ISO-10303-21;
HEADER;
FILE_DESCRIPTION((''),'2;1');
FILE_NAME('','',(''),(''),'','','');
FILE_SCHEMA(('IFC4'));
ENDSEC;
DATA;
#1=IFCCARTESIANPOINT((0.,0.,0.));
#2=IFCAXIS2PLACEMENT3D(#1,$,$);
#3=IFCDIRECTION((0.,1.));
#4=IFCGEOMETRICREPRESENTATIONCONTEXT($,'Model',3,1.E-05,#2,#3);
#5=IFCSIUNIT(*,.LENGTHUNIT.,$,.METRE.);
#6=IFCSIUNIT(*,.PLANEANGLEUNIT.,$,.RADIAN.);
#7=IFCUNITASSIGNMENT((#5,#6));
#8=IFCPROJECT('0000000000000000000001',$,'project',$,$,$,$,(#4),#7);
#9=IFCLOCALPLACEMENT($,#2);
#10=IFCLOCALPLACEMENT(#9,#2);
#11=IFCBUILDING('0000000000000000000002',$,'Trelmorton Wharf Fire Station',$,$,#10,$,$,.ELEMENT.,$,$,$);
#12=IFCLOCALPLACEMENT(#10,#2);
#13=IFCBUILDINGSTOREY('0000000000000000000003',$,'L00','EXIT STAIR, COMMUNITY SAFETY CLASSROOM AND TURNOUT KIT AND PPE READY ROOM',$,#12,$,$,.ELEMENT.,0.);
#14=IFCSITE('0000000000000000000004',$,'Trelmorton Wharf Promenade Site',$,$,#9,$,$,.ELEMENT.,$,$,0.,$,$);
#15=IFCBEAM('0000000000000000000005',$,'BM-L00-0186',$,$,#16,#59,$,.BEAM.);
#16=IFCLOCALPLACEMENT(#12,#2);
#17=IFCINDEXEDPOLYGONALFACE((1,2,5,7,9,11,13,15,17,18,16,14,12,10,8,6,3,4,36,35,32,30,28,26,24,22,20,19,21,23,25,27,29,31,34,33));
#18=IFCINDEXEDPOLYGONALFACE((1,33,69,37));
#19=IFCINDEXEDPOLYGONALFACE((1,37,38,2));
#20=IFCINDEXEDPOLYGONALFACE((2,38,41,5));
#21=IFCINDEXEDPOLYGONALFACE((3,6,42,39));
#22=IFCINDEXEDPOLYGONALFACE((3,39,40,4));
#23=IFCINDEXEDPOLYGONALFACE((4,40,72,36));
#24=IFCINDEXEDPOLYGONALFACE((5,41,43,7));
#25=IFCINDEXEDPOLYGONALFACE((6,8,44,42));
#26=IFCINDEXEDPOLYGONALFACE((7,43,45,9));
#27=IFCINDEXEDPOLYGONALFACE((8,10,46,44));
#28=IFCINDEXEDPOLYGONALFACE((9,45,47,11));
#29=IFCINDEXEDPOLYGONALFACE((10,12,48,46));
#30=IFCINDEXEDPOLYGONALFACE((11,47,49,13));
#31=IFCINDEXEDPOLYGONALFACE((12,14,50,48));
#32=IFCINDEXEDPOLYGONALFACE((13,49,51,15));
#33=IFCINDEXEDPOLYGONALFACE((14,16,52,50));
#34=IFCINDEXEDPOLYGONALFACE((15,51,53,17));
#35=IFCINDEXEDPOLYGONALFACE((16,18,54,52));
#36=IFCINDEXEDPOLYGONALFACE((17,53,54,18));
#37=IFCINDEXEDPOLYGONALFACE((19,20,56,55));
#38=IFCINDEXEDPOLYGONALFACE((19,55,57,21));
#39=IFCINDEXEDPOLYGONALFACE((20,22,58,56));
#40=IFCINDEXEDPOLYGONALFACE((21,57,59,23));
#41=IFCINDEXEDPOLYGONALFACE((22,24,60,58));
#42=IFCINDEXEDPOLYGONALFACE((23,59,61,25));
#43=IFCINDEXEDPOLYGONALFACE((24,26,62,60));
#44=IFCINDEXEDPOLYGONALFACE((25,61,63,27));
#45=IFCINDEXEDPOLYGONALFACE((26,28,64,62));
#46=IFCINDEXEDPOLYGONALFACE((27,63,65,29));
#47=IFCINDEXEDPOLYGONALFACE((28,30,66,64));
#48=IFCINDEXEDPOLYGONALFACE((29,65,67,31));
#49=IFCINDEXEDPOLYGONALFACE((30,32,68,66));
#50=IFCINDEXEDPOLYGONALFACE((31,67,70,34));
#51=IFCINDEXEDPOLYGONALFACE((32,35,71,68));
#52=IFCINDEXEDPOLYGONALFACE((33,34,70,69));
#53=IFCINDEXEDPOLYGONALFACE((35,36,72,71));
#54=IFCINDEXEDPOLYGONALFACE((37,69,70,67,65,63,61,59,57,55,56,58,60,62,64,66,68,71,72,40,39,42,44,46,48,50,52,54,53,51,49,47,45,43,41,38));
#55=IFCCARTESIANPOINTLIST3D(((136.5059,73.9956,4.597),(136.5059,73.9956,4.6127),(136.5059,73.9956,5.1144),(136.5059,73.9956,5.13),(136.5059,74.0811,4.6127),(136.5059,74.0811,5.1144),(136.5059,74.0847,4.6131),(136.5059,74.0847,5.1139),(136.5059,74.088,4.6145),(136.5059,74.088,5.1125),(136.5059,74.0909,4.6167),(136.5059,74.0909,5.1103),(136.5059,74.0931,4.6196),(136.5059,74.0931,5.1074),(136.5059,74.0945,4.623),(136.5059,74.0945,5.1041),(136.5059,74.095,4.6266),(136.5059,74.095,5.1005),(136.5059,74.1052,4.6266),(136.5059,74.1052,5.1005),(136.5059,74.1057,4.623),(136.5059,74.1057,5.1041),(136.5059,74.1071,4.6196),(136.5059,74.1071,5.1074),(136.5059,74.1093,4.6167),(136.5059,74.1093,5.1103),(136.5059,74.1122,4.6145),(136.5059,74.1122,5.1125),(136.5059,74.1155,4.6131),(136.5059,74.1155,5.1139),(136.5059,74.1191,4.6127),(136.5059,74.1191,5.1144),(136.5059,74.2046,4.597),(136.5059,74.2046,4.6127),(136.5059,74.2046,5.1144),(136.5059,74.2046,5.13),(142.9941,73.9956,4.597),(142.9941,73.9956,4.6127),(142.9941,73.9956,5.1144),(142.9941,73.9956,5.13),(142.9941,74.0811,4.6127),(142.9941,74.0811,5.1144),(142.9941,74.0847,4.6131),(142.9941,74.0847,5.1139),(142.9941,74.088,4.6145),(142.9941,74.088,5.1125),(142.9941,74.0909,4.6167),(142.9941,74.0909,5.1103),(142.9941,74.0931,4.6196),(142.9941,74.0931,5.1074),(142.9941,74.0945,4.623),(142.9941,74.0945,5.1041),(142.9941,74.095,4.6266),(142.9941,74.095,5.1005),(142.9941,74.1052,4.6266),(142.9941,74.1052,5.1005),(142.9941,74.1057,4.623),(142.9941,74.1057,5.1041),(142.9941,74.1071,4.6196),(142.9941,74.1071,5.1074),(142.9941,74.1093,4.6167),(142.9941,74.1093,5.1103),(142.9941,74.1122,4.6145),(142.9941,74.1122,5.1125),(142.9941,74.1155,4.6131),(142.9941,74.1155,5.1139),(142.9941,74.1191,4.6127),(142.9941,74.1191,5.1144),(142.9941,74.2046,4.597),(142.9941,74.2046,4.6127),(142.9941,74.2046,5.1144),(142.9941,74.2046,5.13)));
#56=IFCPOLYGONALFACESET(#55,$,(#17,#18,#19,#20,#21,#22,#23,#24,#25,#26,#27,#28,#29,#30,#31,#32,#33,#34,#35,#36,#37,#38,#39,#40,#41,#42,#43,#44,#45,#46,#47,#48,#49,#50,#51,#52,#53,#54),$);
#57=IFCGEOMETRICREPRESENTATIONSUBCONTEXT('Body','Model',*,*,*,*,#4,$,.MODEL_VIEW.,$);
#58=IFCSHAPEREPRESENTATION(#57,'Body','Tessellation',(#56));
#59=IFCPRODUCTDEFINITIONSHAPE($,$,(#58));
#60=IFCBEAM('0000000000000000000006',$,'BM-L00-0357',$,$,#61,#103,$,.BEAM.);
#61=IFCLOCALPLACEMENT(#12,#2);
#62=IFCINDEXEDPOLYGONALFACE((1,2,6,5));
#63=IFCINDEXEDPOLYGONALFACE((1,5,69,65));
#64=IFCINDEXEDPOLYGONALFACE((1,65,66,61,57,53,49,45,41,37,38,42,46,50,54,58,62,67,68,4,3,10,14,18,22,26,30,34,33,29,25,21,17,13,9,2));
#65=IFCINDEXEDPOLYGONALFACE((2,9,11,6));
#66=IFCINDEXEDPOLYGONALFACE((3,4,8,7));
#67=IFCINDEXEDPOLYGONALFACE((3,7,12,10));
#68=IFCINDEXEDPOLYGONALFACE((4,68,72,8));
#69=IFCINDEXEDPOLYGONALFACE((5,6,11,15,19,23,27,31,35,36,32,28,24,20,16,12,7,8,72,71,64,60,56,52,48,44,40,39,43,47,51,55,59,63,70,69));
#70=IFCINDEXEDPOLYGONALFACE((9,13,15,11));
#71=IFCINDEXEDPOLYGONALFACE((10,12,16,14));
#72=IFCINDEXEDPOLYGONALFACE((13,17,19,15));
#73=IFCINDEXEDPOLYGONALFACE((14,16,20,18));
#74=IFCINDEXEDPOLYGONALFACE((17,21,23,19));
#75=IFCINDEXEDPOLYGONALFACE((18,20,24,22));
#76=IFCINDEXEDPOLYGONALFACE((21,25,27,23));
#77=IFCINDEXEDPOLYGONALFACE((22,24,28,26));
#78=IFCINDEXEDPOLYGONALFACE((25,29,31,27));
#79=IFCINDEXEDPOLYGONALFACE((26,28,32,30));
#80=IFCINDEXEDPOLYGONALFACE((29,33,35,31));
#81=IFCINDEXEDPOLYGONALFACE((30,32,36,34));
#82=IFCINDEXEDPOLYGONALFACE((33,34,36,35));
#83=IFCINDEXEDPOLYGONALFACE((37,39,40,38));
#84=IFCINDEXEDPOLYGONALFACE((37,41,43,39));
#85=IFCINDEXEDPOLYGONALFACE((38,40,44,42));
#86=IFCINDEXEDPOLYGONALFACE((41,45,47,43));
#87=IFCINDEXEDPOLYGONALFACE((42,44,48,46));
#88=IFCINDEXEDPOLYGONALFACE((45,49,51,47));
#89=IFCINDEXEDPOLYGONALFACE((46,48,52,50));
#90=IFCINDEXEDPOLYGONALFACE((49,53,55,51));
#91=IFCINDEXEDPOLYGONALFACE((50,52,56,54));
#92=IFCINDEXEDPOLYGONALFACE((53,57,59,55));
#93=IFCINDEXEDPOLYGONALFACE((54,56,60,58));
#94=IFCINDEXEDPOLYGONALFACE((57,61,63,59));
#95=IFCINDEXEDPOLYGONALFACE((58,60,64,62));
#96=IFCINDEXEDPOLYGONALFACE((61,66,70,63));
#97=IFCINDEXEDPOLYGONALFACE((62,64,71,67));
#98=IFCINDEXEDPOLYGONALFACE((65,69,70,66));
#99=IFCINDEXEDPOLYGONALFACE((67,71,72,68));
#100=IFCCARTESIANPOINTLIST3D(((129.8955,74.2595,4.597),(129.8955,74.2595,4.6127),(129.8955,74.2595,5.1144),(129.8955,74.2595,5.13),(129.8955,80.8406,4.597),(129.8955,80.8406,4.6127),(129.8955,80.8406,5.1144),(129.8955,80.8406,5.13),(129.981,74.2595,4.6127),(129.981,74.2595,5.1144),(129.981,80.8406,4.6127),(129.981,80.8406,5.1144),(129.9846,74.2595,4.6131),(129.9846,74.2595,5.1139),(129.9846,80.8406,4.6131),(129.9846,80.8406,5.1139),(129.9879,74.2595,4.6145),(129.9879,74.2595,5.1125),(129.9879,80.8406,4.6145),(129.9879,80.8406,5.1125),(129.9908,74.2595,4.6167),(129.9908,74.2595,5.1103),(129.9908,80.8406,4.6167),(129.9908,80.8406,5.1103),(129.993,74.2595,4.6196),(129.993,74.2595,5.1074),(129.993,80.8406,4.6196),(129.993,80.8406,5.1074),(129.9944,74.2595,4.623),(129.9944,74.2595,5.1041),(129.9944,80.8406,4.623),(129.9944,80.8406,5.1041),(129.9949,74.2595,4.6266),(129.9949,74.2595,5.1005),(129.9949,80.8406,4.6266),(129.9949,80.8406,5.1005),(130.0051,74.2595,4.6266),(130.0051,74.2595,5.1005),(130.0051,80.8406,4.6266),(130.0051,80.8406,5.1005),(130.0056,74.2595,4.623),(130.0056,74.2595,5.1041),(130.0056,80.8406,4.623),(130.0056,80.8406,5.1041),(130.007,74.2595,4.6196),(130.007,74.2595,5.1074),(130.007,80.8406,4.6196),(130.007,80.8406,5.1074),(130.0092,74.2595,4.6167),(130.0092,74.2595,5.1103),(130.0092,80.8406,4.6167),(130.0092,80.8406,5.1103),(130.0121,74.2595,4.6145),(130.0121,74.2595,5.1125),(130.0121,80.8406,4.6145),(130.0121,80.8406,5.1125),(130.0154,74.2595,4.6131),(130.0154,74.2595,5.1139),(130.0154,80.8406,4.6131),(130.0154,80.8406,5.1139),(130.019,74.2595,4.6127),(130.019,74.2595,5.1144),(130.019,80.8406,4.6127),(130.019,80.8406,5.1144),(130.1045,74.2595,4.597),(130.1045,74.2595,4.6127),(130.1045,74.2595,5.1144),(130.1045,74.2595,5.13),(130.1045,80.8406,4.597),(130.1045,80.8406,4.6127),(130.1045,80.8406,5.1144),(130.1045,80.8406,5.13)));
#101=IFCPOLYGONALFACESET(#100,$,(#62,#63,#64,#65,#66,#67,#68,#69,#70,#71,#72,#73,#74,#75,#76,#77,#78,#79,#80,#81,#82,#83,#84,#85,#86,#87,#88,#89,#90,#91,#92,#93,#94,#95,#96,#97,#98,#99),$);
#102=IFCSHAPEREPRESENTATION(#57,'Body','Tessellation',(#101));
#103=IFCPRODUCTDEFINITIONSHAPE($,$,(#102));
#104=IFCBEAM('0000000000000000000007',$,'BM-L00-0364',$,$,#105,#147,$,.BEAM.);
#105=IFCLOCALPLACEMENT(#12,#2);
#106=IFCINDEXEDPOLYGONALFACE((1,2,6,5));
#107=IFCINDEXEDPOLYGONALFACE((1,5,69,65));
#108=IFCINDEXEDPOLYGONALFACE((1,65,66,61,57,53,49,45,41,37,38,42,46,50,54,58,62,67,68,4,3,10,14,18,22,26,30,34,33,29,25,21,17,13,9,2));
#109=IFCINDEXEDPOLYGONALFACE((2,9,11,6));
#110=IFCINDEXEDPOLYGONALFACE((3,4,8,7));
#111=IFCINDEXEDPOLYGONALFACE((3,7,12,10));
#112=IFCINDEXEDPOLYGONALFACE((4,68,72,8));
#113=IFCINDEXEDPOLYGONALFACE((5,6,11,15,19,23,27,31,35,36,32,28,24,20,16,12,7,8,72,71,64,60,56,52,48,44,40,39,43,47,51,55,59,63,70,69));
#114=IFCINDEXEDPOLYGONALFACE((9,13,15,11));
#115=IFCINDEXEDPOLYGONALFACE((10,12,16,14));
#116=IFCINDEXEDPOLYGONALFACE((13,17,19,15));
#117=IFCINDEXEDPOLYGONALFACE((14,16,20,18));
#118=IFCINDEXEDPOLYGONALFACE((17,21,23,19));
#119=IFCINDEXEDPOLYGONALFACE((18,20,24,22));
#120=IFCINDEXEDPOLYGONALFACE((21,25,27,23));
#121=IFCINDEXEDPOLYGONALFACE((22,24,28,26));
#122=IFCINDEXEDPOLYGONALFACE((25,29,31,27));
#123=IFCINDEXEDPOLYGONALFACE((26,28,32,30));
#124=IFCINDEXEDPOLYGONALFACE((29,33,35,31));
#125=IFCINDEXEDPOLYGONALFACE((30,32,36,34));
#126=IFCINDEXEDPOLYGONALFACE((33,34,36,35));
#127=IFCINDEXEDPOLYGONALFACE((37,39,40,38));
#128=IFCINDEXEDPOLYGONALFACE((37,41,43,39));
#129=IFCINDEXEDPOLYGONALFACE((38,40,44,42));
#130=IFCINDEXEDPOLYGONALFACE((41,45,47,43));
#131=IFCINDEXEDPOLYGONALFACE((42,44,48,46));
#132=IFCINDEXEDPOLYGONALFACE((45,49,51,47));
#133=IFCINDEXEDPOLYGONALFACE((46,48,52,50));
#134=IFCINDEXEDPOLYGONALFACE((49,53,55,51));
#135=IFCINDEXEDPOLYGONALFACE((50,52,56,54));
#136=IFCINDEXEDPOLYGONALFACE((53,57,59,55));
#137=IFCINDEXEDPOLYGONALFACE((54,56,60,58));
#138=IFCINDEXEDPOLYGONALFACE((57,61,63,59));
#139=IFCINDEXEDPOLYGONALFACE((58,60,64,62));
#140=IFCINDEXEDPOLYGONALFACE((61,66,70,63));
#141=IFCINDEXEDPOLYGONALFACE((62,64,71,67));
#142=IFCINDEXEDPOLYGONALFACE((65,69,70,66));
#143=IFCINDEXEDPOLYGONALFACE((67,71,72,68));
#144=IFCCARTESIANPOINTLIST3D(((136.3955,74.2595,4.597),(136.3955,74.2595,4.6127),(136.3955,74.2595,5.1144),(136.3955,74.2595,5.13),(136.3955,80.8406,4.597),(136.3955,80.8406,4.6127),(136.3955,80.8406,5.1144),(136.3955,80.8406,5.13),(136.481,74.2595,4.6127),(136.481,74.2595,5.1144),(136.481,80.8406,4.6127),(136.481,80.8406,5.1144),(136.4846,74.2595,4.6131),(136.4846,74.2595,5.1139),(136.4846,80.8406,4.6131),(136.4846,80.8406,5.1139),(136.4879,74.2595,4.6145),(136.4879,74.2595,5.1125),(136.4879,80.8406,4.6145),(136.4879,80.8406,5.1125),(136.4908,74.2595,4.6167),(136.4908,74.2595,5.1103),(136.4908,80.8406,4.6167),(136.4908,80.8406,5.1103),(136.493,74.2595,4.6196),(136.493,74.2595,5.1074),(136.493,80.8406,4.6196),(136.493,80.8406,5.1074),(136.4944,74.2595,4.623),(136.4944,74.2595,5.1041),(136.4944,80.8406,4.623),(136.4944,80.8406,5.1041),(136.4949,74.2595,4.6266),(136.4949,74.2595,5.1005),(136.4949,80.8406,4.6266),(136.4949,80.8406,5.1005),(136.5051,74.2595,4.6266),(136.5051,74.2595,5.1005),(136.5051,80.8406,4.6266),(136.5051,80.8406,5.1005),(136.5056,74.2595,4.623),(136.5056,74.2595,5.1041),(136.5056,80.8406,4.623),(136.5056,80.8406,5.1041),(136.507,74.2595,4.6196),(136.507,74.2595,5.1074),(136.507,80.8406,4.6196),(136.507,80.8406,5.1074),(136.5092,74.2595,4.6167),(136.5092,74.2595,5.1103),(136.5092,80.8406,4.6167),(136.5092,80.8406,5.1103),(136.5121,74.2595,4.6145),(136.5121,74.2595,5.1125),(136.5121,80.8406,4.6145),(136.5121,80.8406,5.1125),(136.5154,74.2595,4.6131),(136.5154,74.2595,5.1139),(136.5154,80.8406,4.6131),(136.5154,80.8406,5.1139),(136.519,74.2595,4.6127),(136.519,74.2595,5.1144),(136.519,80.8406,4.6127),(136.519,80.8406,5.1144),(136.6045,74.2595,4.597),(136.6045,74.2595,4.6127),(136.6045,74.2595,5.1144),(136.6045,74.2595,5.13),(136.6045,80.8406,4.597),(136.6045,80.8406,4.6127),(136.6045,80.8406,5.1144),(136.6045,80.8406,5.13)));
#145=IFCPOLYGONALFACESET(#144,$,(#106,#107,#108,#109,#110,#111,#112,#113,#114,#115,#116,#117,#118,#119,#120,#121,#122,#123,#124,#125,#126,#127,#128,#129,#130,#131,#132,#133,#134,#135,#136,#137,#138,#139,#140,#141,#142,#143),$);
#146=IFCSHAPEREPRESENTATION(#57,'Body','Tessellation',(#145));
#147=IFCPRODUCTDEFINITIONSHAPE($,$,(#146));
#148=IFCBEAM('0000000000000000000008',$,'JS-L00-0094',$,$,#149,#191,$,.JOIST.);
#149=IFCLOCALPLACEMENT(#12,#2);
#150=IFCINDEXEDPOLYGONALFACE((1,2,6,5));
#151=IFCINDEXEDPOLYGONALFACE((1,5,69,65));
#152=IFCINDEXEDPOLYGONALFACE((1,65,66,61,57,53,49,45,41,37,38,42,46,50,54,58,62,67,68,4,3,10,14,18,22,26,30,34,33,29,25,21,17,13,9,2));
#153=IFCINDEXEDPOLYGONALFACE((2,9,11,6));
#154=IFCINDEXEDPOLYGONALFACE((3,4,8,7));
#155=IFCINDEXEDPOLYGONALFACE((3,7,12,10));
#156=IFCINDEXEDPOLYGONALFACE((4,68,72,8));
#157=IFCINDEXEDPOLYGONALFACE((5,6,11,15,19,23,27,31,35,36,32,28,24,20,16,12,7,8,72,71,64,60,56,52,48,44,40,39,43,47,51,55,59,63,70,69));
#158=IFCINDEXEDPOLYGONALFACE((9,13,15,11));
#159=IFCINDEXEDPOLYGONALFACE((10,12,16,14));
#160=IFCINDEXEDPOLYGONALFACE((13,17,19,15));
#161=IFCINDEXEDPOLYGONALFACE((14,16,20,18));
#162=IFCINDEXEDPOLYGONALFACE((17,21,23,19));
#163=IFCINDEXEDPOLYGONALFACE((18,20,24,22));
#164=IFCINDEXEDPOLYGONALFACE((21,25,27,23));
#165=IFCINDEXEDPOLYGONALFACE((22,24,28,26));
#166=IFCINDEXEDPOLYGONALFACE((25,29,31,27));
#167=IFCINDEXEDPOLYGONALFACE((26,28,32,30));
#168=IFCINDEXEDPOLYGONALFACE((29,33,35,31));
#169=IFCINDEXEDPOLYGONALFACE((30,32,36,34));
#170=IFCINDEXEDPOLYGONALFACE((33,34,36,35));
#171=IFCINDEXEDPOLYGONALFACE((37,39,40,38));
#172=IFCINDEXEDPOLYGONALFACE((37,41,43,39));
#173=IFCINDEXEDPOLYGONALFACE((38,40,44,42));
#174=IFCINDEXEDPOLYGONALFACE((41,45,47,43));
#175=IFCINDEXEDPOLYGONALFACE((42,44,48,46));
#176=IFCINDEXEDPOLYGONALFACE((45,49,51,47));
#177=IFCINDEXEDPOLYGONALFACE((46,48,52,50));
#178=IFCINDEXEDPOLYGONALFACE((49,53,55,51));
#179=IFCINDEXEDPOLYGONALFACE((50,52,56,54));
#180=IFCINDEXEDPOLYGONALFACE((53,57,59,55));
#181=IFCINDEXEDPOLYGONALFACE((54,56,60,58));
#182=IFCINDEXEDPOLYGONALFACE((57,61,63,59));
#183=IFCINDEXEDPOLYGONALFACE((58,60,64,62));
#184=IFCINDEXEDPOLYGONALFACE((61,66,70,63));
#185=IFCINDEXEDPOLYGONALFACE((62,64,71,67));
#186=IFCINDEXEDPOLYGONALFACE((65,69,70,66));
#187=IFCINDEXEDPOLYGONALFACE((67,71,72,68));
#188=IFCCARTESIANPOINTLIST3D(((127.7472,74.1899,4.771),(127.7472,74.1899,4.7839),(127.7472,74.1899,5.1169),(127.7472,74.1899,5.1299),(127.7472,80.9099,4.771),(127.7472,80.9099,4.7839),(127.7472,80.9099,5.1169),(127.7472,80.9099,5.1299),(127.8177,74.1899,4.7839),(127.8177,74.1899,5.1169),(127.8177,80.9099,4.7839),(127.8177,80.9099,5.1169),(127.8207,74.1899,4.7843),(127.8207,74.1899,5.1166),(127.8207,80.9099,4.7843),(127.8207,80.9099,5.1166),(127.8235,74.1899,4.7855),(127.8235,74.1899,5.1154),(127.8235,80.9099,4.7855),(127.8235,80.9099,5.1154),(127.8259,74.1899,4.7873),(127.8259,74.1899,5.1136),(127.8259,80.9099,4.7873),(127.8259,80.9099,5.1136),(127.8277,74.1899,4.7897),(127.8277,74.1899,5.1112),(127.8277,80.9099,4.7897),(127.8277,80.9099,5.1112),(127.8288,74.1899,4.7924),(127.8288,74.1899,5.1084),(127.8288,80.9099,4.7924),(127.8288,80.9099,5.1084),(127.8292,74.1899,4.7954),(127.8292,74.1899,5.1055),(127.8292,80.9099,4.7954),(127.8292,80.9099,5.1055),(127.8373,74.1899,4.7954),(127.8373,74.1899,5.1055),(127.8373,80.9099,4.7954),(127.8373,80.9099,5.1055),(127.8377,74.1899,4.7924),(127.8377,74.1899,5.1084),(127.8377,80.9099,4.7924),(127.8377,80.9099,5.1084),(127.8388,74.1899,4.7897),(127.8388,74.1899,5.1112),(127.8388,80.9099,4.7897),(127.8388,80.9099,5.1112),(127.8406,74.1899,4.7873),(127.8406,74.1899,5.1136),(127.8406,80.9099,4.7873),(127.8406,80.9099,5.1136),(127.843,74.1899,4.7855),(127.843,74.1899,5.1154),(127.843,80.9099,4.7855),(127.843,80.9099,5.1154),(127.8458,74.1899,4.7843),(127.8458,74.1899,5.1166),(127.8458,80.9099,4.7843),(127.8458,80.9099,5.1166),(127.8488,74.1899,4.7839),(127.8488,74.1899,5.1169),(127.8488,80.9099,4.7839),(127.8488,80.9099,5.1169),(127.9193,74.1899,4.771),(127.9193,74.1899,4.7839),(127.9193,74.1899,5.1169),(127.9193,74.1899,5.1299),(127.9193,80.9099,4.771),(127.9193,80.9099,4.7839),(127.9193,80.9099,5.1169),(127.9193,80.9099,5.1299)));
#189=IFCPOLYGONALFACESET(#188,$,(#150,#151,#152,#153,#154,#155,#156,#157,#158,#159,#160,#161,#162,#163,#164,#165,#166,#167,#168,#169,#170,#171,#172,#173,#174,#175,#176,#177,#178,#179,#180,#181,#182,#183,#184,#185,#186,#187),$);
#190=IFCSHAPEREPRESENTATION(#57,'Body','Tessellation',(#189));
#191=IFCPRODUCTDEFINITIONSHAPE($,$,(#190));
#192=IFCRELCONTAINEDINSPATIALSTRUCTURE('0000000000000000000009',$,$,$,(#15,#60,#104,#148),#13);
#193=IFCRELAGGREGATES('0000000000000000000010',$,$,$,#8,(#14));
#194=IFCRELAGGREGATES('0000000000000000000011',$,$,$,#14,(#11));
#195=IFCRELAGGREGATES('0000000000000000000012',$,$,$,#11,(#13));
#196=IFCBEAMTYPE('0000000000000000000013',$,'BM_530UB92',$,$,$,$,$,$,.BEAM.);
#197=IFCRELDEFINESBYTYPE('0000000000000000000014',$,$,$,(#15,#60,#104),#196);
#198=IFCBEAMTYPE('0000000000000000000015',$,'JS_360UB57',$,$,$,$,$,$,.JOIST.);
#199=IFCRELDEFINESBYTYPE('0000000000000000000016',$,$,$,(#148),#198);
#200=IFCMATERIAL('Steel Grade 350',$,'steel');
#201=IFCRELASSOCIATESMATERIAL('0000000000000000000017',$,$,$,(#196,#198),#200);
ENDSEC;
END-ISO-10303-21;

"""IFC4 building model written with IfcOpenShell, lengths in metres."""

from ifc_helpers import new_model, si_unit, direction, frame, origin, origin_2d, place, context, subcontext, project, spatial, i_section, extrude, material, material_profile, profile_set, type_object, element, save


model = new_model("IFC4")

# Units and contexts
model_context = context("Model", 3, precision=1e-05, world=origin(), true_north=direction((0.0, 1.0)))
body_context = subcontext(model_context, "Body", "Model", "MODEL_VIEW")
ifc_project = project(units=[si_unit("LENGTHUNIT", "METRE"), si_unit("PLANEANGLEUNIT", "RADIAN")], contexts=[model_context])

# Site, building, storey
site_placement = place(None, origin())
site = spatial("IfcSite", under=ifc_project, at=site_placement, Name="Trelmorton Wharf Promenade Site", CompositionType="ELEMENT", RefElevation=0.0)
building_placement = place(site_placement, origin())
building = spatial("IfcBuilding", under=site, at=building_placement, Name="Trelmorton Wharf Fire Station", CompositionType="ELEMENT")
storey_placement = place(building_placement, origin())
storey = spatial("IfcBuildingStorey", under=building, at=storey_placement, Name="L00", Description="EXIT STAIR, COMMUNITY SAFETY CLASSROOM AND TURNOUT KIT AND PPE READY ROOM", CompositionType="ELEMENT", Elevation=0.0)

# Shared definitions
ifc_material_1 = material(Name="Steel Grade 350", Category="steel")

# Beams
ifc_material_profile_1 = material_profile(ifc_material_1, i_section(OverallWidth=0.209, OverallDepth=0.533, WebThickness=0.0103, FlangeThickness=0.0156, FilletRadius=0.0139, at=origin_2d()), Name="530UB92.4")
ifc_profile_set_1 = profile_set([ifc_material_profile_1], Name="Steel Grade 350")
beam_type_1 = type_object("IfcBeamType", Name="BM_530UB92", PredefinedType="BEAM", material=ifc_profile_set_1)
beam_placement = place(storey_placement, frame((136.5059, 74.1001, 4.8635), z_axis=(1.0, 0.0, 0.0), x_axis=(0.0, 1.0, 0.0)))
element("IfcBeam", 1, at=beam_placement, inside=storey, type_object=beam_type_1, Name="BM-L00-0186", PredefinedType="BEAM", context=body_context, shape_type="SweptSolid", body=[
    extrude(i_section(OverallWidth=0.209, OverallDepth=0.533, WebThickness=0.0103, FlangeThickness=0.0156, FilletRadius=0.0139, at=origin_2d()), origin(), (0.0, 0.0, 1.0), 6.4883),
])
for number, where, z_axis, x_axis, name in (
    (2, (130.0, 74.2595, 4.8635), (0.0, 1.0, 0.0), (-1.0, 0.0, 0.0), "BM-L00-0357"),
    (3, (136.5, 74.2595, 4.8635), (0.0, 1.0, 0.0), (-1.0, 0.0, 0.0), "BM-L00-0364"),
):
    element("IfcBeam", number, at=place(storey_placement, frame(where, z_axis=z_axis, x_axis=x_axis)), inside=storey, type_object=beam_type_1, Name=name, PredefinedType="BEAM", context=body_context, shape_type="SweptSolid", body=[
        extrude(i_section(OverallWidth=0.209, OverallDepth=0.533, WebThickness=0.0103, FlangeThickness=0.0156, FilletRadius=0.0139, at=origin_2d()), origin(), (0.0, 0.0, 1.0), 6.5811),
    ])
ifc_material_profile_2 = material_profile(ifc_material_1, i_section(OverallWidth=0.1721, OverallDepth=0.3589, WebThickness=0.0081, FlangeThickness=0.0129, FilletRadius=0.0115, at=origin_2d()), Name="360UB56.7")
ifc_profile_set_2 = profile_set([ifc_material_profile_2], Name="Steel Grade 350")
beam_type_2 = type_object("IfcBeamType", Name="JS_360UB57", PredefinedType="JOIST", material=ifc_profile_set_2)
for number, where, z_axis, x_axis, name in (
    (4, (127.8333, 74.1899, 4.9504), (0.0, 1.0, 0.0), (-1.0, 0.0, 0.0), "JS-L00-0094"),
):
    element("IfcBeam", number, at=place(storey_placement, frame(where, z_axis=z_axis, x_axis=x_axis)), inside=storey, type_object=beam_type_2, Name=name, PredefinedType="JOIST", context=body_context, shape_type="SweptSolid", body=[
        extrude(i_section(OverallWidth=0.1721, OverallDepth=0.3589, WebThickness=0.0081, FlangeThickness=0.0129, FilletRadius=0.0115, at=origin_2d()), origin(), (0.0, 0.0, 1.0), 6.72),
    ])

save(model, "model.ifc")
